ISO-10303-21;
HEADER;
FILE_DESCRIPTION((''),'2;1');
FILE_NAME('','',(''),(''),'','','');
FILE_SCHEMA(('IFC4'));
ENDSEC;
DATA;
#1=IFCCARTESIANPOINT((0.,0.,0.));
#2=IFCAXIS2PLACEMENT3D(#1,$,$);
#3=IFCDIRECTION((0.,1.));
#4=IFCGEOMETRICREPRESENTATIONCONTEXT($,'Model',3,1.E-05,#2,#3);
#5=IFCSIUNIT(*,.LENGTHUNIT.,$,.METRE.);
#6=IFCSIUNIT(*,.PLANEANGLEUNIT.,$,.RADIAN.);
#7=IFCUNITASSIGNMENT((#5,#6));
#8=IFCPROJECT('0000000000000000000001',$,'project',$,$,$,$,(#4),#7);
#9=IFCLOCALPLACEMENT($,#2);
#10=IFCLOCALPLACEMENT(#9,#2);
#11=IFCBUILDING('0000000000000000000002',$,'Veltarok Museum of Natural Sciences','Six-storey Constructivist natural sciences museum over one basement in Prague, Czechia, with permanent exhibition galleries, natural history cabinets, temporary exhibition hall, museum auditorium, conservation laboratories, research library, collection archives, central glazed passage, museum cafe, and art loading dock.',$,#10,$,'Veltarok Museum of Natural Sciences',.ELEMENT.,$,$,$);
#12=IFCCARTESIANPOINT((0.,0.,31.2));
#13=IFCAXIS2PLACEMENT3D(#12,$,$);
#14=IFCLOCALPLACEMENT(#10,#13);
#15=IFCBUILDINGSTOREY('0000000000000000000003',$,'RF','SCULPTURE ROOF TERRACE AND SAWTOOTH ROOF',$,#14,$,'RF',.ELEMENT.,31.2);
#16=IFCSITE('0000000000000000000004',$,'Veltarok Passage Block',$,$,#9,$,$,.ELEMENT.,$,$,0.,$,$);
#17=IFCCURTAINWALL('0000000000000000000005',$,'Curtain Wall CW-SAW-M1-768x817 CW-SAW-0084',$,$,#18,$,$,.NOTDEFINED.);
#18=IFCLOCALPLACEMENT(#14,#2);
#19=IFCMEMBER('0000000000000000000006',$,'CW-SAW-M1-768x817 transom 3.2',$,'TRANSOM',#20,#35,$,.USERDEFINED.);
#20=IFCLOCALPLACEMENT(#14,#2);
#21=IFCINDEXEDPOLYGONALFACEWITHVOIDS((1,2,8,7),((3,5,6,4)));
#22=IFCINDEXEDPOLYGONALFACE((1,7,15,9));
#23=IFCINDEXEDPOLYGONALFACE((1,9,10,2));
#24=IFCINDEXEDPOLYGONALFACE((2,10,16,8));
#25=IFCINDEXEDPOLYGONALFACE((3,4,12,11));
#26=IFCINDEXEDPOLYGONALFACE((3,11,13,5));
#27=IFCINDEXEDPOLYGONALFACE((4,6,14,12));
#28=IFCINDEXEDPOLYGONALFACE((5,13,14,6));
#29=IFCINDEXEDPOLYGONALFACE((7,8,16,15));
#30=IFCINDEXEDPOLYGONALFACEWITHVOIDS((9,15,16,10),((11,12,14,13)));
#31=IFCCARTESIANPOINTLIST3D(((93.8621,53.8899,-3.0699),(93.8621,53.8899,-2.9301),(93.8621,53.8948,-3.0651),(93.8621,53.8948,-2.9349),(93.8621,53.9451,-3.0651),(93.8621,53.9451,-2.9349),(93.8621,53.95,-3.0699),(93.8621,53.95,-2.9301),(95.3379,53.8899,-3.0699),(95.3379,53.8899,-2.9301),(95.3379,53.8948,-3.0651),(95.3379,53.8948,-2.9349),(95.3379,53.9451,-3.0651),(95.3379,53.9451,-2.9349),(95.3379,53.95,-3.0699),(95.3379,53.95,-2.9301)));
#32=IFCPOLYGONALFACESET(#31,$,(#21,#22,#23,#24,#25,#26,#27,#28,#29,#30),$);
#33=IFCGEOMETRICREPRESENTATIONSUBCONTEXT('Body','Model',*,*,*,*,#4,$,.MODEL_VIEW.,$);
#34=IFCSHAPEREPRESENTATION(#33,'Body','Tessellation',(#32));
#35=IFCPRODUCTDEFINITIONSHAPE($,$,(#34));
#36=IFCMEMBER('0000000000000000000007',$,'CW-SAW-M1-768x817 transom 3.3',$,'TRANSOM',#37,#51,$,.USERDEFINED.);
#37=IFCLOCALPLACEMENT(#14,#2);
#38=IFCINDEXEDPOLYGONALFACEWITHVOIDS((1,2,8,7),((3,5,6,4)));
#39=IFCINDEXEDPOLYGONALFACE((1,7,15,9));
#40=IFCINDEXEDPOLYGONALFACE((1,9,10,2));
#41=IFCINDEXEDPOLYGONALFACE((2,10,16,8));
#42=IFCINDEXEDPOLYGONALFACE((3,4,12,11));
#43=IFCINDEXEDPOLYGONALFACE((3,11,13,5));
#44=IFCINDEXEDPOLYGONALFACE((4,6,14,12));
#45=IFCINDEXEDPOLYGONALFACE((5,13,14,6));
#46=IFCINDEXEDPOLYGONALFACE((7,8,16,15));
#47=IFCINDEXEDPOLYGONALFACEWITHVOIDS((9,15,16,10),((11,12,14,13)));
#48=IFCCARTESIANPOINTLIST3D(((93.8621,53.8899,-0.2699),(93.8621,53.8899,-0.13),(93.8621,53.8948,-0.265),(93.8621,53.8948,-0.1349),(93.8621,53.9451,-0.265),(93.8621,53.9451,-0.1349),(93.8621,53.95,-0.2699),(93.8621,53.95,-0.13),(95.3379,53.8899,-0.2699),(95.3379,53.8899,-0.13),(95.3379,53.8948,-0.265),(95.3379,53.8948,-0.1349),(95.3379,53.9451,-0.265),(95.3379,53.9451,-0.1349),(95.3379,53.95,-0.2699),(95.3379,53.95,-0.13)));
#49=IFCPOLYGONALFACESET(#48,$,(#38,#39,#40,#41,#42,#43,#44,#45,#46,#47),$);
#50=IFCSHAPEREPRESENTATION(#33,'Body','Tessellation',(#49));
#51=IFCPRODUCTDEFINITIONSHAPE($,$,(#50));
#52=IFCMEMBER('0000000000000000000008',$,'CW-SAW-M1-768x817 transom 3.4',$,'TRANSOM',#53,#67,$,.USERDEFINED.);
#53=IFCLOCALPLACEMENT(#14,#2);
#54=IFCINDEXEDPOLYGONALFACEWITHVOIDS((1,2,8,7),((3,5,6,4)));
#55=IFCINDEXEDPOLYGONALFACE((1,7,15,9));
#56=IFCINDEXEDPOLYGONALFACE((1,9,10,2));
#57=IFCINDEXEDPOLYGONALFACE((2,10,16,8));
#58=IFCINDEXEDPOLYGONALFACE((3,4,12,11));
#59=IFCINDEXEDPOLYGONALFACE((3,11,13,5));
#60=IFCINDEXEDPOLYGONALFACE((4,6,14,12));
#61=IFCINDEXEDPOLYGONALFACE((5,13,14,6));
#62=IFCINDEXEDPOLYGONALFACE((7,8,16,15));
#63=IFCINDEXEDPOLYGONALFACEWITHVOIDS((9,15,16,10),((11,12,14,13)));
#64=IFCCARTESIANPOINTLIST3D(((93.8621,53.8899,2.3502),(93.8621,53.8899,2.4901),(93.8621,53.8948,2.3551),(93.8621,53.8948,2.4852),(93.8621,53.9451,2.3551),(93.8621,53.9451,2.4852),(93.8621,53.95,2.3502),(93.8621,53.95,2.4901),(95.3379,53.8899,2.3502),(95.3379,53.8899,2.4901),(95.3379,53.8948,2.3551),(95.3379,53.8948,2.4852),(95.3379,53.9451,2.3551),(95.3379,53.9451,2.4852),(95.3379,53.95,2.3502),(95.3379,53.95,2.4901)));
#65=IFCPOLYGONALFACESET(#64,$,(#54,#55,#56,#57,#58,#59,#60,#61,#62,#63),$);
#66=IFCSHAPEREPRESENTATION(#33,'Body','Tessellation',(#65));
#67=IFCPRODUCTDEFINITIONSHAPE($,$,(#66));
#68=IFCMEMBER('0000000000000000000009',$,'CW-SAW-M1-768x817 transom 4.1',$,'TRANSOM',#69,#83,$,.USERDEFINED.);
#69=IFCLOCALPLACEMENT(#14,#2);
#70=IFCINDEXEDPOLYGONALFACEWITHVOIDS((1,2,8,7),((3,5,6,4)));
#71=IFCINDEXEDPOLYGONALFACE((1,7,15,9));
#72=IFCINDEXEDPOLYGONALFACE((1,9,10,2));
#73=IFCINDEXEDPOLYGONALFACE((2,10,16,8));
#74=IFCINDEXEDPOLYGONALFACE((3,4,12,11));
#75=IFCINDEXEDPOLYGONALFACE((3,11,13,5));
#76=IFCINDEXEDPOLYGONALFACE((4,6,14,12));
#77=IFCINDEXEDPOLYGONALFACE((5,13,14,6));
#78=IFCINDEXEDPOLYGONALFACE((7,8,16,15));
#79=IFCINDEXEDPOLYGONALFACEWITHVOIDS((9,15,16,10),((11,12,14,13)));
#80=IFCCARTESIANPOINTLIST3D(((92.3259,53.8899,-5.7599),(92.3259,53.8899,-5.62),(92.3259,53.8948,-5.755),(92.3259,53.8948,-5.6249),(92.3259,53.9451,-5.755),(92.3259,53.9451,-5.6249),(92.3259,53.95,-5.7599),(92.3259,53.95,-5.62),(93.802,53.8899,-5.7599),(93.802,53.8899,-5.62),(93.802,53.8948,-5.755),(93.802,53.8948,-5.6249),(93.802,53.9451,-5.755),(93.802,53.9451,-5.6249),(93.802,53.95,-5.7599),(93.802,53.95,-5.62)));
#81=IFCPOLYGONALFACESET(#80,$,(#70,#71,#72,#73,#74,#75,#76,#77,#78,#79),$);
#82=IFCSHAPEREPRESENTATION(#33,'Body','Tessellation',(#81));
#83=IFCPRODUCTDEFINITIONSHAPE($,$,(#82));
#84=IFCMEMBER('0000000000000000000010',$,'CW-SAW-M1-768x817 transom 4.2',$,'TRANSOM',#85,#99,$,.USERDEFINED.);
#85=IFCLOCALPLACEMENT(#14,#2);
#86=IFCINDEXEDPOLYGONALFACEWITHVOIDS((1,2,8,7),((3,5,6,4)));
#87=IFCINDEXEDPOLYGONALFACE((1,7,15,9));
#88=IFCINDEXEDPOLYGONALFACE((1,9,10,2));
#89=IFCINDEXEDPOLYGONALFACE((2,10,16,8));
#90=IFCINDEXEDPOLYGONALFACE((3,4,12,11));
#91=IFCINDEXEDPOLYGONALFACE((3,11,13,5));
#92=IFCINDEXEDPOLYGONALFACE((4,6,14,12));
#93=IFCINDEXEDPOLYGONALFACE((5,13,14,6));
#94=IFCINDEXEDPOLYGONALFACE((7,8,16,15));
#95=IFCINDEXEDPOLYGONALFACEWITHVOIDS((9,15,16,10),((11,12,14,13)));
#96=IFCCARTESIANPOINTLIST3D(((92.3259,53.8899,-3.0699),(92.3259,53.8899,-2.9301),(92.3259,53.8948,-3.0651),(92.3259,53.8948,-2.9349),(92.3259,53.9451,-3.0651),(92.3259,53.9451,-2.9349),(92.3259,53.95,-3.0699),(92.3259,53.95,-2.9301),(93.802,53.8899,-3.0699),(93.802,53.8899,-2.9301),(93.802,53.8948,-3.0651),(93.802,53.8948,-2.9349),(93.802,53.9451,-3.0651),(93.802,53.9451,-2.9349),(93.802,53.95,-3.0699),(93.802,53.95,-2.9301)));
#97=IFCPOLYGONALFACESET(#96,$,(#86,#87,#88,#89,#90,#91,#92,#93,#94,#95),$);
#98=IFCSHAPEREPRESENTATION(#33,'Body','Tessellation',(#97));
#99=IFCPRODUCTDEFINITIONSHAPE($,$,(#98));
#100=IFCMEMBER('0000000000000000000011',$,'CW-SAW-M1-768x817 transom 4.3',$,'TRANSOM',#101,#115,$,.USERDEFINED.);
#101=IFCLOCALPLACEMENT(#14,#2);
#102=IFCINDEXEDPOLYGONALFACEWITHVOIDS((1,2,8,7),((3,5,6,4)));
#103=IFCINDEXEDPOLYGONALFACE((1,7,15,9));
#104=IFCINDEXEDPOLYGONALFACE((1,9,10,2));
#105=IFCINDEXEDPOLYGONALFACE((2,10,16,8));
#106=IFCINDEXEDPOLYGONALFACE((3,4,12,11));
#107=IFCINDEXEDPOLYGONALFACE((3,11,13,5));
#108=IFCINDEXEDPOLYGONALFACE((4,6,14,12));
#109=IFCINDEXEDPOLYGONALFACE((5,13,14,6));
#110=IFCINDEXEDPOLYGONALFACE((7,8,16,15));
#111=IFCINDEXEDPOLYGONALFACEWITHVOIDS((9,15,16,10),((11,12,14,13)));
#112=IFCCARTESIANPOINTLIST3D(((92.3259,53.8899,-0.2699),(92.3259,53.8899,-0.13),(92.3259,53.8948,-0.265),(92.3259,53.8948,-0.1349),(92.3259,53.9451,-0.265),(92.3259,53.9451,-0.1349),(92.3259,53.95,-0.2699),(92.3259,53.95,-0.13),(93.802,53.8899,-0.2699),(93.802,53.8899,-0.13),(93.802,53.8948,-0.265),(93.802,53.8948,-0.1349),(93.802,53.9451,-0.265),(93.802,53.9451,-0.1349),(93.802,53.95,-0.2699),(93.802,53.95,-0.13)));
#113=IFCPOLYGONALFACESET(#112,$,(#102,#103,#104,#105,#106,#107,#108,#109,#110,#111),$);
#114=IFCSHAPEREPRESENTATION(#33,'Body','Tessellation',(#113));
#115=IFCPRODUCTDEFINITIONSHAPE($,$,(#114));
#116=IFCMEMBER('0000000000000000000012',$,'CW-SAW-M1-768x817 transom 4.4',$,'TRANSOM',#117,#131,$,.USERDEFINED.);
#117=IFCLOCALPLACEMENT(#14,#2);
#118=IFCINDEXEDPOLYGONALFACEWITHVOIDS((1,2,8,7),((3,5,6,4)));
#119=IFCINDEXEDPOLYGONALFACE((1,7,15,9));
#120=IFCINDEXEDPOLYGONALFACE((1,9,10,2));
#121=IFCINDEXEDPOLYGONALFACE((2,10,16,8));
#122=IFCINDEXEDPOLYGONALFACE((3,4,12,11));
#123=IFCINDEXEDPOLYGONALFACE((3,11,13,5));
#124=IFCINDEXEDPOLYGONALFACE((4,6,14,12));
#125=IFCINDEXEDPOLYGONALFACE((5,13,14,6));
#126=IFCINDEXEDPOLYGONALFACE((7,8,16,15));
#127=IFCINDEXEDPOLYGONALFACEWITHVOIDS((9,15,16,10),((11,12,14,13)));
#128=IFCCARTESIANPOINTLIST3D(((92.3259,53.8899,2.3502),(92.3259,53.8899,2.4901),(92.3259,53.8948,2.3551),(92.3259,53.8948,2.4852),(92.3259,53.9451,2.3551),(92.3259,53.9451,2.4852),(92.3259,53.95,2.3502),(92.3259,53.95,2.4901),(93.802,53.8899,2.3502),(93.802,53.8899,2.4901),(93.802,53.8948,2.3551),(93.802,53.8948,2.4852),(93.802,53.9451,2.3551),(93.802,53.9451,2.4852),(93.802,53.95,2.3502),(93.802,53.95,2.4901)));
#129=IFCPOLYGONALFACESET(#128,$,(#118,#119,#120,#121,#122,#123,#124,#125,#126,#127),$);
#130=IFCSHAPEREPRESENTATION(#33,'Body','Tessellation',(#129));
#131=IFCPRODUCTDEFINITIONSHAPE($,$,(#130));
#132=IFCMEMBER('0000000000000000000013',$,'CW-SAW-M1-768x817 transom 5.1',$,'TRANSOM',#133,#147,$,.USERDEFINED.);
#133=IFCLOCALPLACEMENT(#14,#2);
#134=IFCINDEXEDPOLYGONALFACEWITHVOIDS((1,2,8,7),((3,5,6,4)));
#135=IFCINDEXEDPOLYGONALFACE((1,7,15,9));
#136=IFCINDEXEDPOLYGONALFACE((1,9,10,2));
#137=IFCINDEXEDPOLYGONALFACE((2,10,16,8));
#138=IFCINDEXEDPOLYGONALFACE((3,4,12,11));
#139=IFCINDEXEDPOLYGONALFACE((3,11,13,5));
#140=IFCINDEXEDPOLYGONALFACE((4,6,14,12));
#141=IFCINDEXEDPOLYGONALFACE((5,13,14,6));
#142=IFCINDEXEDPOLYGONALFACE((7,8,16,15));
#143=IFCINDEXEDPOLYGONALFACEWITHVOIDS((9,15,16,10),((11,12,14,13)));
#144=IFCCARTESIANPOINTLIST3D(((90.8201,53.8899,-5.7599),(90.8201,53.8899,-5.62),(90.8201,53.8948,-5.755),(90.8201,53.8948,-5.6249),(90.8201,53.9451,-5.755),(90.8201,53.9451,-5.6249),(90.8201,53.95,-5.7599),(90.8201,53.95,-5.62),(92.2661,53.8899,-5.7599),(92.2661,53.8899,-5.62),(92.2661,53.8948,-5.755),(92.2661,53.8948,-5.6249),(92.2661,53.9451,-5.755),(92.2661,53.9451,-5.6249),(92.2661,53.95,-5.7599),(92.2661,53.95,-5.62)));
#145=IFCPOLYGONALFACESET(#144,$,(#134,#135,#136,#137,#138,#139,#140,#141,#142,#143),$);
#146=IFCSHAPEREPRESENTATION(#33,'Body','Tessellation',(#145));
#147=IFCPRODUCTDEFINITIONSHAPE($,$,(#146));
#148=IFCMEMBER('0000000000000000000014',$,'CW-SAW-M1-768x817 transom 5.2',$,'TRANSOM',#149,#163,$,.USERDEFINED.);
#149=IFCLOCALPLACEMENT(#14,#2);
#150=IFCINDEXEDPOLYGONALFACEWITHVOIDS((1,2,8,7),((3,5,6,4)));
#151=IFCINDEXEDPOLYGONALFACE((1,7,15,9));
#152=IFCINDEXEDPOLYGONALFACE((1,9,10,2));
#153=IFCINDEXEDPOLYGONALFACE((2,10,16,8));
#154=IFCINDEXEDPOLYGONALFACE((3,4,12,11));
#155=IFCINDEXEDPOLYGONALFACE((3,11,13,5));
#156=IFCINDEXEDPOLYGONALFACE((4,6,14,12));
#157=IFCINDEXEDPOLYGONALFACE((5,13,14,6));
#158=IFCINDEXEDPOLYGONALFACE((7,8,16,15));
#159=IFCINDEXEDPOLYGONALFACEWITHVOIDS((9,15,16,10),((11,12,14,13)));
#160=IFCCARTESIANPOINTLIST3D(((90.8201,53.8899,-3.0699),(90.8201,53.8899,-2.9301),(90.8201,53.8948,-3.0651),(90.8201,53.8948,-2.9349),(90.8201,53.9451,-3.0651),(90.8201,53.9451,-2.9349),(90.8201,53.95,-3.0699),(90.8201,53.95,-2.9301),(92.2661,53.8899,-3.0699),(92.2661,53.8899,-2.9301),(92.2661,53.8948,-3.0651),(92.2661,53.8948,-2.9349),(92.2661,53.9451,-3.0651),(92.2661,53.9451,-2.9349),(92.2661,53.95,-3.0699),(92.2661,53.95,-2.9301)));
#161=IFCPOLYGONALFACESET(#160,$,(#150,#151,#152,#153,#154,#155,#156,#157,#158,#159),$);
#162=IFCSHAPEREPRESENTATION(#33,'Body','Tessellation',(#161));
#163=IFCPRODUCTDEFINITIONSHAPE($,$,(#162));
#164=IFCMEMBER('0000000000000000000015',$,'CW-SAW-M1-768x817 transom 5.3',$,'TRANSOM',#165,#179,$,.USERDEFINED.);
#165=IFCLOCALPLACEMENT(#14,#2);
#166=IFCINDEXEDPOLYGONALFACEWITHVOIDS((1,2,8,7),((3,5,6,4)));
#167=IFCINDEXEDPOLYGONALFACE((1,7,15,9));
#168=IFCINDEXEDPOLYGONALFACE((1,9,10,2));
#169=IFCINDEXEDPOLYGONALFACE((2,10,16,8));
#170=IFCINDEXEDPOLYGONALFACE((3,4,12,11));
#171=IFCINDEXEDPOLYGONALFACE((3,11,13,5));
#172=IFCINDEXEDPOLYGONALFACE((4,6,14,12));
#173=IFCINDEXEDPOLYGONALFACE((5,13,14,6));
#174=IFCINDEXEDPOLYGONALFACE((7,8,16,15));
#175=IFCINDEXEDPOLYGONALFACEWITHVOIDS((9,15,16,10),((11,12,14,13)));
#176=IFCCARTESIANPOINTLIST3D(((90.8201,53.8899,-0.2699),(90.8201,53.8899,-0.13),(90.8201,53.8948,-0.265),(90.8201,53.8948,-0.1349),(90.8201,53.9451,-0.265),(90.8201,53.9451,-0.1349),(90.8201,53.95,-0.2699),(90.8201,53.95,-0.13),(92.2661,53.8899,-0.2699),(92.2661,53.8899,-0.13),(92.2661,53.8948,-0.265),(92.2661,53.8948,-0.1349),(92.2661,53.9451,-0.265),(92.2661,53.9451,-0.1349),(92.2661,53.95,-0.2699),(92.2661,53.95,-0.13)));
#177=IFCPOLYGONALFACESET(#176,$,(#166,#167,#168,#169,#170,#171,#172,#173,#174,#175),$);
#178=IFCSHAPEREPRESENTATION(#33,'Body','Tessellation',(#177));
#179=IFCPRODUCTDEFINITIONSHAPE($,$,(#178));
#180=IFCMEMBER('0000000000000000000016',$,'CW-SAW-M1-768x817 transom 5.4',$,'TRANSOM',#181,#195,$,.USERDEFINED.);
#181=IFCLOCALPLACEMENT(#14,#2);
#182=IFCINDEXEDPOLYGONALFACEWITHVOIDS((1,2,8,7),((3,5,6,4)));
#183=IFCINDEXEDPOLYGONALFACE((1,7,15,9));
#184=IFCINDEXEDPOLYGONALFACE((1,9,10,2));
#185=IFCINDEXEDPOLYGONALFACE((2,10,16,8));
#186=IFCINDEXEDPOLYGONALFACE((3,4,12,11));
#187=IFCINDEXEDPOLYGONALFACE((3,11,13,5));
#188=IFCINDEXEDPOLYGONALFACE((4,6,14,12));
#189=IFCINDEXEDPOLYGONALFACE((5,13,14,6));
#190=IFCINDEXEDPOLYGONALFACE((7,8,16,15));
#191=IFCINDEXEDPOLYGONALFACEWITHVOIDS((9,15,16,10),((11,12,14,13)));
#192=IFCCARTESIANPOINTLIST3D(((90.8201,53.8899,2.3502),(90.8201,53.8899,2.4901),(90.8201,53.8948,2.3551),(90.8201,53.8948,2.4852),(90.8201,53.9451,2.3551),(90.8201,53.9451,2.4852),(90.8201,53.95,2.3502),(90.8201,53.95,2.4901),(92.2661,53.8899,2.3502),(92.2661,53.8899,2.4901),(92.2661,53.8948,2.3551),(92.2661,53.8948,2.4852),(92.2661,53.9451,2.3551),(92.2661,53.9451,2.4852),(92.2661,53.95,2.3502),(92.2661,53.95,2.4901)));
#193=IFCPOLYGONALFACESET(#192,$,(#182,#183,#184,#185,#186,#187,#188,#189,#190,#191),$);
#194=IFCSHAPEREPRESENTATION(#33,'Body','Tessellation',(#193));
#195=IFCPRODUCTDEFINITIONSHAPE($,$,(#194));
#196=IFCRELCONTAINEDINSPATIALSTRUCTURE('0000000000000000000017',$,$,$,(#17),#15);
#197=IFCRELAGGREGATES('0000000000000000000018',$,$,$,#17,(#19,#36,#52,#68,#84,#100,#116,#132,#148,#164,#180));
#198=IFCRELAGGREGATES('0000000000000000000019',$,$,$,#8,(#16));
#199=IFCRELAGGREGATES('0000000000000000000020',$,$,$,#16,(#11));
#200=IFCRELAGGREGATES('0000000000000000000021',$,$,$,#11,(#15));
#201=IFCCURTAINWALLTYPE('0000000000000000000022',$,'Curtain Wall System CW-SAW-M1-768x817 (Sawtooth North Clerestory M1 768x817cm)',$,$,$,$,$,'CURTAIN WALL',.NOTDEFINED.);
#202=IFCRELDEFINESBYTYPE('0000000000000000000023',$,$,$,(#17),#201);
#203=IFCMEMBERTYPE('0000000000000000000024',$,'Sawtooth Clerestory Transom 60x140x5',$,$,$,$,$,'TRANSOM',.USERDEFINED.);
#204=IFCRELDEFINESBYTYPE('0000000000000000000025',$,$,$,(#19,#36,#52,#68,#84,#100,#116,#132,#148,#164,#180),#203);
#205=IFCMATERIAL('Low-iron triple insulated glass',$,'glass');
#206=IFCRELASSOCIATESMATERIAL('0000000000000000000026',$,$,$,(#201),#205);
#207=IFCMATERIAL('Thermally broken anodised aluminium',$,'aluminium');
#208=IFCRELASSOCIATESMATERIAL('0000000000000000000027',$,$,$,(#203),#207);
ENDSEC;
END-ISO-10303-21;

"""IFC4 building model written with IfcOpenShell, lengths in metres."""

from ifc_helpers import new_model, si_unit, direction, frame, origin, origin_2d, place, context, subcontext, project, spatial, hollow_rectangle, extrude, material, material_profile, profile_set, type_object, element, aggregate, save


model = new_model("IFC4")

# Units and contexts
model_context = context("Model", 3, precision=1e-05, world=origin(), true_north=direction((0.0, 1.0)))
body_context = subcontext(model_context, "Body", "Model", "MODEL_VIEW")
ifc_project = project(units=[si_unit("LENGTHUNIT", "METRE"), si_unit("PLANEANGLEUNIT", "RADIAN")], contexts=[model_context])

# Site, building, storey
site_placement = place(None, origin())
site = spatial("IfcSite", under=ifc_project, at=site_placement, Name="Veltarok Passage Block", CompositionType="ELEMENT", RefElevation=0.0)
building_placement = place(site_placement, origin())
building = spatial("IfcBuilding", under=site, at=building_placement, Name="Veltarok Museum of Natural Sciences", Description="Six-storey Constructivist natural sciences museum over one basement in Prague, Czechia, with permanent exhibition galleries, natural history cabinets, temporary exhibition hall, museum auditorium, conservation laboratories, research library, collection archives, central glazed passage, museum cafe, and art loading dock.", LongName="Veltarok Museum of Natural Sciences", CompositionType="ELEMENT")
storey_placement = place(building_placement, frame((0.0, 0.0, 31.2)))
storey = spatial("IfcBuildingStorey", under=building, at=storey_placement, Name="RF", Description="SCULPTURE ROOF TERRACE AND SAWTOOTH ROOF", LongName="RF", CompositionType="ELEMENT", Elevation=31.2)

# Shared definitions
ifc_material_1 = material(Name="Low-iron triple insulated glass", Category="glass")
curtain_wall_type = type_object("IfcCurtainWallType", Name="Curtain Wall System CW-SAW-M1-768x817 (Sawtooth North Clerestory M1 768x817cm)", ElementType="CURTAIN WALL", PredefinedType="NOTDEFINED", material=ifc_material_1)
ifc_material_2 = material(Name="Thermally broken anodised aluminium", Category="aluminium")

# Curtain wall
curtain_wall_1_placement = place(storey_placement, origin())
curtain_wall_1 = element("IfcCurtainWall", 1, at=curtain_wall_1_placement, inside=storey, type_object=curtain_wall_type, Name="Curtain Wall CW-SAW-M1-768x817 CW-SAW-0084", PredefinedType="NOTDEFINED")

# Members
ifc_material_profile_1 = material_profile(ifc_material_2, hollow_rectangle(XDim=0.0601, YDim=0.1399, WallThickness=0.0049, at=origin_2d()), Name="CW TRANSOM 60x140x5")
ifc_profile_set_1 = profile_set([ifc_material_profile_1], Name="Thermally broken anodised aluminium")
member_type_1 = type_object("IfcMemberType", Name="Sawtooth Clerestory Transom 60x140x5", ElementType="TRANSOM", PredefinedType="USERDEFINED", material=ifc_profile_set_1)
member_1_placement = place(storey_placement, frame((95.3379, 53.9199, -3.0), z_axis=(-1.0, 0.0, 0.0), x_axis=(0.0, -1.0, 0.0)))
member_1 = element("IfcMember", 2, at=member_1_placement, type_object=member_type_1, Name="CW-SAW-M1-768x817 transom 3.2", ObjectType="TRANSOM", PredefinedType="USERDEFINED", context=body_context, shape_type="SweptSolid", body=[
    extrude(hollow_rectangle(XDim=0.0601, YDim=0.1399, WallThickness=0.0049, at=origin_2d()), origin(), (0.0, 0.0, 1.0), 1.4758),
])
member_2_placement = place(storey_placement, frame((95.3379, 53.9199, -0.2), z_axis=(-1.0, 0.0, 0.0), x_axis=(0.0, -1.0, 0.0)))
member_2 = element("IfcMember", 3, at=member_2_placement, type_object=member_type_1, Name="CW-SAW-M1-768x817 transom 3.3", ObjectType="TRANSOM", PredefinedType="USERDEFINED", context=body_context, shape_type="SweptSolid", body=[
    extrude(hollow_rectangle(XDim=0.0601, YDim=0.1399, WallThickness=0.0049, at=origin_2d()), origin(), (0.0, 0.0, 1.0), 1.4758),
])
member_3_placement = place(storey_placement, frame((95.3379, 53.9199, 2.4202), z_axis=(-1.0, 0.0, 0.0), x_axis=(0.0, -1.0, 0.0)))
member_3 = element("IfcMember", 4, at=member_3_placement, type_object=member_type_1, Name="CW-SAW-M1-768x817 transom 3.4", ObjectType="TRANSOM", PredefinedType="USERDEFINED", context=body_context, shape_type="SweptSolid", body=[
    extrude(hollow_rectangle(XDim=0.0601, YDim=0.1399, WallThickness=0.0049, at=origin_2d()), origin(), (0.0, 0.0, 1.0), 1.4758),
])
member_4_placement = place(storey_placement, frame((93.802, 53.9199, -5.6899), z_axis=(-1.0, 0.0, 0.0), x_axis=(0.0, -1.0, 0.0)))
member_4 = element("IfcMember", 5, at=member_4_placement, type_object=member_type_1, Name="CW-SAW-M1-768x817 transom 4.1", ObjectType="TRANSOM", PredefinedType="USERDEFINED", context=body_context, shape_type="SweptSolid", body=[
    extrude(hollow_rectangle(XDim=0.0601, YDim=0.1399, WallThickness=0.0049, at=origin_2d()), origin(), (0.0, 0.0, 1.0), 1.4761),
])
member_5_placement = place(storey_placement, frame((93.802, 53.9199, -3.0), z_axis=(-1.0, 0.0, 0.0), x_axis=(0.0, -1.0, 0.0)))
member_5 = element("IfcMember", 6, at=member_5_placement, type_object=member_type_1, Name="CW-SAW-M1-768x817 transom 4.2", ObjectType="TRANSOM", PredefinedType="USERDEFINED", context=body_context, shape_type="SweptSolid", body=[
    extrude(hollow_rectangle(XDim=0.0601, YDim=0.1399, WallThickness=0.0049, at=origin_2d()), origin(), (0.0, 0.0, 1.0), 1.4761),
])
member_6_placement = place(storey_placement, frame((93.802, 53.9199, -0.2), z_axis=(-1.0, 0.0, 0.0), x_axis=(0.0, -1.0, 0.0)))
member_6 = element("IfcMember", 7, at=member_6_placement, type_object=member_type_1, Name="CW-SAW-M1-768x817 transom 4.3", ObjectType="TRANSOM", PredefinedType="USERDEFINED", context=body_context, shape_type="SweptSolid", body=[
    extrude(hollow_rectangle(XDim=0.0601, YDim=0.1399, WallThickness=0.0049, at=origin_2d()), origin(), (0.0, 0.0, 1.0), 1.4761),
])
member_7_placement = place(storey_placement, frame((93.802, 53.9199, 2.4202), z_axis=(-1.0, 0.0, 0.0), x_axis=(0.0, -1.0, 0.0)))
member_7 = element("IfcMember", 8, at=member_7_placement, type_object=member_type_1, Name="CW-SAW-M1-768x817 transom 4.4", ObjectType="TRANSOM", PredefinedType="USERDEFINED", context=body_context, shape_type="SweptSolid", body=[
    extrude(hollow_rectangle(XDim=0.0601, YDim=0.1399, WallThickness=0.0049, at=origin_2d()), origin(), (0.0, 0.0, 1.0), 1.4761),
])
member_8_placement = place(storey_placement, frame((92.2661, 53.9199, -5.6899), z_axis=(-1.0, 0.0, 0.0), x_axis=(0.0, -1.0, 0.0)))
member_8 = element("IfcMember", 9, at=member_8_placement, type_object=member_type_1, Name="CW-SAW-M1-768x817 transom 5.1", ObjectType="TRANSOM", PredefinedType="USERDEFINED", context=body_context, shape_type="SweptSolid", body=[
    extrude(hollow_rectangle(XDim=0.0601, YDim=0.1399, WallThickness=0.0049, at=origin_2d()), origin(), (0.0, 0.0, 1.0), 1.446),
])
member_9_placement = place(storey_placement, frame((92.2661, 53.9199, -3.0), z_axis=(-1.0, 0.0, 0.0), x_axis=(0.0, -1.0, 0.0)))
member_9 = element("IfcMember", 10, at=member_9_placement, type_object=member_type_1, Name="CW-SAW-M1-768x817 transom 5.2", ObjectType="TRANSOM", PredefinedType="USERDEFINED", context=body_context, shape_type="SweptSolid", body=[
    extrude(hollow_rectangle(XDim=0.0601, YDim=0.1399, WallThickness=0.0049, at=origin_2d()), origin(), (0.0, 0.0, 1.0), 1.446),
])
member_10_placement = place(storey_placement, frame((92.2661, 53.9199, -0.2), z_axis=(-1.0, 0.0, 0.0), x_axis=(0.0, -1.0, 0.0)))
member_10 = element("IfcMember", 11, at=member_10_placement, type_object=member_type_1, Name="CW-SAW-M1-768x817 transom 5.3", ObjectType="TRANSOM", PredefinedType="USERDEFINED", context=body_context, shape_type="SweptSolid", body=[
    extrude(hollow_rectangle(XDim=0.0601, YDim=0.1399, WallThickness=0.0049, at=origin_2d()), origin(), (0.0, 0.0, 1.0), 1.446),
])
member_11_placement = place(storey_placement, frame((92.2661, 53.9199, 2.4202), z_axis=(-1.0, 0.0, 0.0), x_axis=(0.0, -1.0, 0.0)))
member_11 = element("IfcMember", 12, at=member_11_placement, type_object=member_type_1, Name="CW-SAW-M1-768x817 transom 5.4", ObjectType="TRANSOM", PredefinedType="USERDEFINED", context=body_context, shape_type="SweptSolid", body=[
    extrude(hollow_rectangle(XDim=0.0601, YDim=0.1399, WallThickness=0.0049, at=origin_2d()), origin(), (0.0, 0.0, 1.0), 1.446),
])

aggregate(curtain_wall_1, [member_1, member_2, member_3, member_4, member_5, member_6, member_7, member_8, member_9, member_10, member_11])

save(model, "model.ifc")
